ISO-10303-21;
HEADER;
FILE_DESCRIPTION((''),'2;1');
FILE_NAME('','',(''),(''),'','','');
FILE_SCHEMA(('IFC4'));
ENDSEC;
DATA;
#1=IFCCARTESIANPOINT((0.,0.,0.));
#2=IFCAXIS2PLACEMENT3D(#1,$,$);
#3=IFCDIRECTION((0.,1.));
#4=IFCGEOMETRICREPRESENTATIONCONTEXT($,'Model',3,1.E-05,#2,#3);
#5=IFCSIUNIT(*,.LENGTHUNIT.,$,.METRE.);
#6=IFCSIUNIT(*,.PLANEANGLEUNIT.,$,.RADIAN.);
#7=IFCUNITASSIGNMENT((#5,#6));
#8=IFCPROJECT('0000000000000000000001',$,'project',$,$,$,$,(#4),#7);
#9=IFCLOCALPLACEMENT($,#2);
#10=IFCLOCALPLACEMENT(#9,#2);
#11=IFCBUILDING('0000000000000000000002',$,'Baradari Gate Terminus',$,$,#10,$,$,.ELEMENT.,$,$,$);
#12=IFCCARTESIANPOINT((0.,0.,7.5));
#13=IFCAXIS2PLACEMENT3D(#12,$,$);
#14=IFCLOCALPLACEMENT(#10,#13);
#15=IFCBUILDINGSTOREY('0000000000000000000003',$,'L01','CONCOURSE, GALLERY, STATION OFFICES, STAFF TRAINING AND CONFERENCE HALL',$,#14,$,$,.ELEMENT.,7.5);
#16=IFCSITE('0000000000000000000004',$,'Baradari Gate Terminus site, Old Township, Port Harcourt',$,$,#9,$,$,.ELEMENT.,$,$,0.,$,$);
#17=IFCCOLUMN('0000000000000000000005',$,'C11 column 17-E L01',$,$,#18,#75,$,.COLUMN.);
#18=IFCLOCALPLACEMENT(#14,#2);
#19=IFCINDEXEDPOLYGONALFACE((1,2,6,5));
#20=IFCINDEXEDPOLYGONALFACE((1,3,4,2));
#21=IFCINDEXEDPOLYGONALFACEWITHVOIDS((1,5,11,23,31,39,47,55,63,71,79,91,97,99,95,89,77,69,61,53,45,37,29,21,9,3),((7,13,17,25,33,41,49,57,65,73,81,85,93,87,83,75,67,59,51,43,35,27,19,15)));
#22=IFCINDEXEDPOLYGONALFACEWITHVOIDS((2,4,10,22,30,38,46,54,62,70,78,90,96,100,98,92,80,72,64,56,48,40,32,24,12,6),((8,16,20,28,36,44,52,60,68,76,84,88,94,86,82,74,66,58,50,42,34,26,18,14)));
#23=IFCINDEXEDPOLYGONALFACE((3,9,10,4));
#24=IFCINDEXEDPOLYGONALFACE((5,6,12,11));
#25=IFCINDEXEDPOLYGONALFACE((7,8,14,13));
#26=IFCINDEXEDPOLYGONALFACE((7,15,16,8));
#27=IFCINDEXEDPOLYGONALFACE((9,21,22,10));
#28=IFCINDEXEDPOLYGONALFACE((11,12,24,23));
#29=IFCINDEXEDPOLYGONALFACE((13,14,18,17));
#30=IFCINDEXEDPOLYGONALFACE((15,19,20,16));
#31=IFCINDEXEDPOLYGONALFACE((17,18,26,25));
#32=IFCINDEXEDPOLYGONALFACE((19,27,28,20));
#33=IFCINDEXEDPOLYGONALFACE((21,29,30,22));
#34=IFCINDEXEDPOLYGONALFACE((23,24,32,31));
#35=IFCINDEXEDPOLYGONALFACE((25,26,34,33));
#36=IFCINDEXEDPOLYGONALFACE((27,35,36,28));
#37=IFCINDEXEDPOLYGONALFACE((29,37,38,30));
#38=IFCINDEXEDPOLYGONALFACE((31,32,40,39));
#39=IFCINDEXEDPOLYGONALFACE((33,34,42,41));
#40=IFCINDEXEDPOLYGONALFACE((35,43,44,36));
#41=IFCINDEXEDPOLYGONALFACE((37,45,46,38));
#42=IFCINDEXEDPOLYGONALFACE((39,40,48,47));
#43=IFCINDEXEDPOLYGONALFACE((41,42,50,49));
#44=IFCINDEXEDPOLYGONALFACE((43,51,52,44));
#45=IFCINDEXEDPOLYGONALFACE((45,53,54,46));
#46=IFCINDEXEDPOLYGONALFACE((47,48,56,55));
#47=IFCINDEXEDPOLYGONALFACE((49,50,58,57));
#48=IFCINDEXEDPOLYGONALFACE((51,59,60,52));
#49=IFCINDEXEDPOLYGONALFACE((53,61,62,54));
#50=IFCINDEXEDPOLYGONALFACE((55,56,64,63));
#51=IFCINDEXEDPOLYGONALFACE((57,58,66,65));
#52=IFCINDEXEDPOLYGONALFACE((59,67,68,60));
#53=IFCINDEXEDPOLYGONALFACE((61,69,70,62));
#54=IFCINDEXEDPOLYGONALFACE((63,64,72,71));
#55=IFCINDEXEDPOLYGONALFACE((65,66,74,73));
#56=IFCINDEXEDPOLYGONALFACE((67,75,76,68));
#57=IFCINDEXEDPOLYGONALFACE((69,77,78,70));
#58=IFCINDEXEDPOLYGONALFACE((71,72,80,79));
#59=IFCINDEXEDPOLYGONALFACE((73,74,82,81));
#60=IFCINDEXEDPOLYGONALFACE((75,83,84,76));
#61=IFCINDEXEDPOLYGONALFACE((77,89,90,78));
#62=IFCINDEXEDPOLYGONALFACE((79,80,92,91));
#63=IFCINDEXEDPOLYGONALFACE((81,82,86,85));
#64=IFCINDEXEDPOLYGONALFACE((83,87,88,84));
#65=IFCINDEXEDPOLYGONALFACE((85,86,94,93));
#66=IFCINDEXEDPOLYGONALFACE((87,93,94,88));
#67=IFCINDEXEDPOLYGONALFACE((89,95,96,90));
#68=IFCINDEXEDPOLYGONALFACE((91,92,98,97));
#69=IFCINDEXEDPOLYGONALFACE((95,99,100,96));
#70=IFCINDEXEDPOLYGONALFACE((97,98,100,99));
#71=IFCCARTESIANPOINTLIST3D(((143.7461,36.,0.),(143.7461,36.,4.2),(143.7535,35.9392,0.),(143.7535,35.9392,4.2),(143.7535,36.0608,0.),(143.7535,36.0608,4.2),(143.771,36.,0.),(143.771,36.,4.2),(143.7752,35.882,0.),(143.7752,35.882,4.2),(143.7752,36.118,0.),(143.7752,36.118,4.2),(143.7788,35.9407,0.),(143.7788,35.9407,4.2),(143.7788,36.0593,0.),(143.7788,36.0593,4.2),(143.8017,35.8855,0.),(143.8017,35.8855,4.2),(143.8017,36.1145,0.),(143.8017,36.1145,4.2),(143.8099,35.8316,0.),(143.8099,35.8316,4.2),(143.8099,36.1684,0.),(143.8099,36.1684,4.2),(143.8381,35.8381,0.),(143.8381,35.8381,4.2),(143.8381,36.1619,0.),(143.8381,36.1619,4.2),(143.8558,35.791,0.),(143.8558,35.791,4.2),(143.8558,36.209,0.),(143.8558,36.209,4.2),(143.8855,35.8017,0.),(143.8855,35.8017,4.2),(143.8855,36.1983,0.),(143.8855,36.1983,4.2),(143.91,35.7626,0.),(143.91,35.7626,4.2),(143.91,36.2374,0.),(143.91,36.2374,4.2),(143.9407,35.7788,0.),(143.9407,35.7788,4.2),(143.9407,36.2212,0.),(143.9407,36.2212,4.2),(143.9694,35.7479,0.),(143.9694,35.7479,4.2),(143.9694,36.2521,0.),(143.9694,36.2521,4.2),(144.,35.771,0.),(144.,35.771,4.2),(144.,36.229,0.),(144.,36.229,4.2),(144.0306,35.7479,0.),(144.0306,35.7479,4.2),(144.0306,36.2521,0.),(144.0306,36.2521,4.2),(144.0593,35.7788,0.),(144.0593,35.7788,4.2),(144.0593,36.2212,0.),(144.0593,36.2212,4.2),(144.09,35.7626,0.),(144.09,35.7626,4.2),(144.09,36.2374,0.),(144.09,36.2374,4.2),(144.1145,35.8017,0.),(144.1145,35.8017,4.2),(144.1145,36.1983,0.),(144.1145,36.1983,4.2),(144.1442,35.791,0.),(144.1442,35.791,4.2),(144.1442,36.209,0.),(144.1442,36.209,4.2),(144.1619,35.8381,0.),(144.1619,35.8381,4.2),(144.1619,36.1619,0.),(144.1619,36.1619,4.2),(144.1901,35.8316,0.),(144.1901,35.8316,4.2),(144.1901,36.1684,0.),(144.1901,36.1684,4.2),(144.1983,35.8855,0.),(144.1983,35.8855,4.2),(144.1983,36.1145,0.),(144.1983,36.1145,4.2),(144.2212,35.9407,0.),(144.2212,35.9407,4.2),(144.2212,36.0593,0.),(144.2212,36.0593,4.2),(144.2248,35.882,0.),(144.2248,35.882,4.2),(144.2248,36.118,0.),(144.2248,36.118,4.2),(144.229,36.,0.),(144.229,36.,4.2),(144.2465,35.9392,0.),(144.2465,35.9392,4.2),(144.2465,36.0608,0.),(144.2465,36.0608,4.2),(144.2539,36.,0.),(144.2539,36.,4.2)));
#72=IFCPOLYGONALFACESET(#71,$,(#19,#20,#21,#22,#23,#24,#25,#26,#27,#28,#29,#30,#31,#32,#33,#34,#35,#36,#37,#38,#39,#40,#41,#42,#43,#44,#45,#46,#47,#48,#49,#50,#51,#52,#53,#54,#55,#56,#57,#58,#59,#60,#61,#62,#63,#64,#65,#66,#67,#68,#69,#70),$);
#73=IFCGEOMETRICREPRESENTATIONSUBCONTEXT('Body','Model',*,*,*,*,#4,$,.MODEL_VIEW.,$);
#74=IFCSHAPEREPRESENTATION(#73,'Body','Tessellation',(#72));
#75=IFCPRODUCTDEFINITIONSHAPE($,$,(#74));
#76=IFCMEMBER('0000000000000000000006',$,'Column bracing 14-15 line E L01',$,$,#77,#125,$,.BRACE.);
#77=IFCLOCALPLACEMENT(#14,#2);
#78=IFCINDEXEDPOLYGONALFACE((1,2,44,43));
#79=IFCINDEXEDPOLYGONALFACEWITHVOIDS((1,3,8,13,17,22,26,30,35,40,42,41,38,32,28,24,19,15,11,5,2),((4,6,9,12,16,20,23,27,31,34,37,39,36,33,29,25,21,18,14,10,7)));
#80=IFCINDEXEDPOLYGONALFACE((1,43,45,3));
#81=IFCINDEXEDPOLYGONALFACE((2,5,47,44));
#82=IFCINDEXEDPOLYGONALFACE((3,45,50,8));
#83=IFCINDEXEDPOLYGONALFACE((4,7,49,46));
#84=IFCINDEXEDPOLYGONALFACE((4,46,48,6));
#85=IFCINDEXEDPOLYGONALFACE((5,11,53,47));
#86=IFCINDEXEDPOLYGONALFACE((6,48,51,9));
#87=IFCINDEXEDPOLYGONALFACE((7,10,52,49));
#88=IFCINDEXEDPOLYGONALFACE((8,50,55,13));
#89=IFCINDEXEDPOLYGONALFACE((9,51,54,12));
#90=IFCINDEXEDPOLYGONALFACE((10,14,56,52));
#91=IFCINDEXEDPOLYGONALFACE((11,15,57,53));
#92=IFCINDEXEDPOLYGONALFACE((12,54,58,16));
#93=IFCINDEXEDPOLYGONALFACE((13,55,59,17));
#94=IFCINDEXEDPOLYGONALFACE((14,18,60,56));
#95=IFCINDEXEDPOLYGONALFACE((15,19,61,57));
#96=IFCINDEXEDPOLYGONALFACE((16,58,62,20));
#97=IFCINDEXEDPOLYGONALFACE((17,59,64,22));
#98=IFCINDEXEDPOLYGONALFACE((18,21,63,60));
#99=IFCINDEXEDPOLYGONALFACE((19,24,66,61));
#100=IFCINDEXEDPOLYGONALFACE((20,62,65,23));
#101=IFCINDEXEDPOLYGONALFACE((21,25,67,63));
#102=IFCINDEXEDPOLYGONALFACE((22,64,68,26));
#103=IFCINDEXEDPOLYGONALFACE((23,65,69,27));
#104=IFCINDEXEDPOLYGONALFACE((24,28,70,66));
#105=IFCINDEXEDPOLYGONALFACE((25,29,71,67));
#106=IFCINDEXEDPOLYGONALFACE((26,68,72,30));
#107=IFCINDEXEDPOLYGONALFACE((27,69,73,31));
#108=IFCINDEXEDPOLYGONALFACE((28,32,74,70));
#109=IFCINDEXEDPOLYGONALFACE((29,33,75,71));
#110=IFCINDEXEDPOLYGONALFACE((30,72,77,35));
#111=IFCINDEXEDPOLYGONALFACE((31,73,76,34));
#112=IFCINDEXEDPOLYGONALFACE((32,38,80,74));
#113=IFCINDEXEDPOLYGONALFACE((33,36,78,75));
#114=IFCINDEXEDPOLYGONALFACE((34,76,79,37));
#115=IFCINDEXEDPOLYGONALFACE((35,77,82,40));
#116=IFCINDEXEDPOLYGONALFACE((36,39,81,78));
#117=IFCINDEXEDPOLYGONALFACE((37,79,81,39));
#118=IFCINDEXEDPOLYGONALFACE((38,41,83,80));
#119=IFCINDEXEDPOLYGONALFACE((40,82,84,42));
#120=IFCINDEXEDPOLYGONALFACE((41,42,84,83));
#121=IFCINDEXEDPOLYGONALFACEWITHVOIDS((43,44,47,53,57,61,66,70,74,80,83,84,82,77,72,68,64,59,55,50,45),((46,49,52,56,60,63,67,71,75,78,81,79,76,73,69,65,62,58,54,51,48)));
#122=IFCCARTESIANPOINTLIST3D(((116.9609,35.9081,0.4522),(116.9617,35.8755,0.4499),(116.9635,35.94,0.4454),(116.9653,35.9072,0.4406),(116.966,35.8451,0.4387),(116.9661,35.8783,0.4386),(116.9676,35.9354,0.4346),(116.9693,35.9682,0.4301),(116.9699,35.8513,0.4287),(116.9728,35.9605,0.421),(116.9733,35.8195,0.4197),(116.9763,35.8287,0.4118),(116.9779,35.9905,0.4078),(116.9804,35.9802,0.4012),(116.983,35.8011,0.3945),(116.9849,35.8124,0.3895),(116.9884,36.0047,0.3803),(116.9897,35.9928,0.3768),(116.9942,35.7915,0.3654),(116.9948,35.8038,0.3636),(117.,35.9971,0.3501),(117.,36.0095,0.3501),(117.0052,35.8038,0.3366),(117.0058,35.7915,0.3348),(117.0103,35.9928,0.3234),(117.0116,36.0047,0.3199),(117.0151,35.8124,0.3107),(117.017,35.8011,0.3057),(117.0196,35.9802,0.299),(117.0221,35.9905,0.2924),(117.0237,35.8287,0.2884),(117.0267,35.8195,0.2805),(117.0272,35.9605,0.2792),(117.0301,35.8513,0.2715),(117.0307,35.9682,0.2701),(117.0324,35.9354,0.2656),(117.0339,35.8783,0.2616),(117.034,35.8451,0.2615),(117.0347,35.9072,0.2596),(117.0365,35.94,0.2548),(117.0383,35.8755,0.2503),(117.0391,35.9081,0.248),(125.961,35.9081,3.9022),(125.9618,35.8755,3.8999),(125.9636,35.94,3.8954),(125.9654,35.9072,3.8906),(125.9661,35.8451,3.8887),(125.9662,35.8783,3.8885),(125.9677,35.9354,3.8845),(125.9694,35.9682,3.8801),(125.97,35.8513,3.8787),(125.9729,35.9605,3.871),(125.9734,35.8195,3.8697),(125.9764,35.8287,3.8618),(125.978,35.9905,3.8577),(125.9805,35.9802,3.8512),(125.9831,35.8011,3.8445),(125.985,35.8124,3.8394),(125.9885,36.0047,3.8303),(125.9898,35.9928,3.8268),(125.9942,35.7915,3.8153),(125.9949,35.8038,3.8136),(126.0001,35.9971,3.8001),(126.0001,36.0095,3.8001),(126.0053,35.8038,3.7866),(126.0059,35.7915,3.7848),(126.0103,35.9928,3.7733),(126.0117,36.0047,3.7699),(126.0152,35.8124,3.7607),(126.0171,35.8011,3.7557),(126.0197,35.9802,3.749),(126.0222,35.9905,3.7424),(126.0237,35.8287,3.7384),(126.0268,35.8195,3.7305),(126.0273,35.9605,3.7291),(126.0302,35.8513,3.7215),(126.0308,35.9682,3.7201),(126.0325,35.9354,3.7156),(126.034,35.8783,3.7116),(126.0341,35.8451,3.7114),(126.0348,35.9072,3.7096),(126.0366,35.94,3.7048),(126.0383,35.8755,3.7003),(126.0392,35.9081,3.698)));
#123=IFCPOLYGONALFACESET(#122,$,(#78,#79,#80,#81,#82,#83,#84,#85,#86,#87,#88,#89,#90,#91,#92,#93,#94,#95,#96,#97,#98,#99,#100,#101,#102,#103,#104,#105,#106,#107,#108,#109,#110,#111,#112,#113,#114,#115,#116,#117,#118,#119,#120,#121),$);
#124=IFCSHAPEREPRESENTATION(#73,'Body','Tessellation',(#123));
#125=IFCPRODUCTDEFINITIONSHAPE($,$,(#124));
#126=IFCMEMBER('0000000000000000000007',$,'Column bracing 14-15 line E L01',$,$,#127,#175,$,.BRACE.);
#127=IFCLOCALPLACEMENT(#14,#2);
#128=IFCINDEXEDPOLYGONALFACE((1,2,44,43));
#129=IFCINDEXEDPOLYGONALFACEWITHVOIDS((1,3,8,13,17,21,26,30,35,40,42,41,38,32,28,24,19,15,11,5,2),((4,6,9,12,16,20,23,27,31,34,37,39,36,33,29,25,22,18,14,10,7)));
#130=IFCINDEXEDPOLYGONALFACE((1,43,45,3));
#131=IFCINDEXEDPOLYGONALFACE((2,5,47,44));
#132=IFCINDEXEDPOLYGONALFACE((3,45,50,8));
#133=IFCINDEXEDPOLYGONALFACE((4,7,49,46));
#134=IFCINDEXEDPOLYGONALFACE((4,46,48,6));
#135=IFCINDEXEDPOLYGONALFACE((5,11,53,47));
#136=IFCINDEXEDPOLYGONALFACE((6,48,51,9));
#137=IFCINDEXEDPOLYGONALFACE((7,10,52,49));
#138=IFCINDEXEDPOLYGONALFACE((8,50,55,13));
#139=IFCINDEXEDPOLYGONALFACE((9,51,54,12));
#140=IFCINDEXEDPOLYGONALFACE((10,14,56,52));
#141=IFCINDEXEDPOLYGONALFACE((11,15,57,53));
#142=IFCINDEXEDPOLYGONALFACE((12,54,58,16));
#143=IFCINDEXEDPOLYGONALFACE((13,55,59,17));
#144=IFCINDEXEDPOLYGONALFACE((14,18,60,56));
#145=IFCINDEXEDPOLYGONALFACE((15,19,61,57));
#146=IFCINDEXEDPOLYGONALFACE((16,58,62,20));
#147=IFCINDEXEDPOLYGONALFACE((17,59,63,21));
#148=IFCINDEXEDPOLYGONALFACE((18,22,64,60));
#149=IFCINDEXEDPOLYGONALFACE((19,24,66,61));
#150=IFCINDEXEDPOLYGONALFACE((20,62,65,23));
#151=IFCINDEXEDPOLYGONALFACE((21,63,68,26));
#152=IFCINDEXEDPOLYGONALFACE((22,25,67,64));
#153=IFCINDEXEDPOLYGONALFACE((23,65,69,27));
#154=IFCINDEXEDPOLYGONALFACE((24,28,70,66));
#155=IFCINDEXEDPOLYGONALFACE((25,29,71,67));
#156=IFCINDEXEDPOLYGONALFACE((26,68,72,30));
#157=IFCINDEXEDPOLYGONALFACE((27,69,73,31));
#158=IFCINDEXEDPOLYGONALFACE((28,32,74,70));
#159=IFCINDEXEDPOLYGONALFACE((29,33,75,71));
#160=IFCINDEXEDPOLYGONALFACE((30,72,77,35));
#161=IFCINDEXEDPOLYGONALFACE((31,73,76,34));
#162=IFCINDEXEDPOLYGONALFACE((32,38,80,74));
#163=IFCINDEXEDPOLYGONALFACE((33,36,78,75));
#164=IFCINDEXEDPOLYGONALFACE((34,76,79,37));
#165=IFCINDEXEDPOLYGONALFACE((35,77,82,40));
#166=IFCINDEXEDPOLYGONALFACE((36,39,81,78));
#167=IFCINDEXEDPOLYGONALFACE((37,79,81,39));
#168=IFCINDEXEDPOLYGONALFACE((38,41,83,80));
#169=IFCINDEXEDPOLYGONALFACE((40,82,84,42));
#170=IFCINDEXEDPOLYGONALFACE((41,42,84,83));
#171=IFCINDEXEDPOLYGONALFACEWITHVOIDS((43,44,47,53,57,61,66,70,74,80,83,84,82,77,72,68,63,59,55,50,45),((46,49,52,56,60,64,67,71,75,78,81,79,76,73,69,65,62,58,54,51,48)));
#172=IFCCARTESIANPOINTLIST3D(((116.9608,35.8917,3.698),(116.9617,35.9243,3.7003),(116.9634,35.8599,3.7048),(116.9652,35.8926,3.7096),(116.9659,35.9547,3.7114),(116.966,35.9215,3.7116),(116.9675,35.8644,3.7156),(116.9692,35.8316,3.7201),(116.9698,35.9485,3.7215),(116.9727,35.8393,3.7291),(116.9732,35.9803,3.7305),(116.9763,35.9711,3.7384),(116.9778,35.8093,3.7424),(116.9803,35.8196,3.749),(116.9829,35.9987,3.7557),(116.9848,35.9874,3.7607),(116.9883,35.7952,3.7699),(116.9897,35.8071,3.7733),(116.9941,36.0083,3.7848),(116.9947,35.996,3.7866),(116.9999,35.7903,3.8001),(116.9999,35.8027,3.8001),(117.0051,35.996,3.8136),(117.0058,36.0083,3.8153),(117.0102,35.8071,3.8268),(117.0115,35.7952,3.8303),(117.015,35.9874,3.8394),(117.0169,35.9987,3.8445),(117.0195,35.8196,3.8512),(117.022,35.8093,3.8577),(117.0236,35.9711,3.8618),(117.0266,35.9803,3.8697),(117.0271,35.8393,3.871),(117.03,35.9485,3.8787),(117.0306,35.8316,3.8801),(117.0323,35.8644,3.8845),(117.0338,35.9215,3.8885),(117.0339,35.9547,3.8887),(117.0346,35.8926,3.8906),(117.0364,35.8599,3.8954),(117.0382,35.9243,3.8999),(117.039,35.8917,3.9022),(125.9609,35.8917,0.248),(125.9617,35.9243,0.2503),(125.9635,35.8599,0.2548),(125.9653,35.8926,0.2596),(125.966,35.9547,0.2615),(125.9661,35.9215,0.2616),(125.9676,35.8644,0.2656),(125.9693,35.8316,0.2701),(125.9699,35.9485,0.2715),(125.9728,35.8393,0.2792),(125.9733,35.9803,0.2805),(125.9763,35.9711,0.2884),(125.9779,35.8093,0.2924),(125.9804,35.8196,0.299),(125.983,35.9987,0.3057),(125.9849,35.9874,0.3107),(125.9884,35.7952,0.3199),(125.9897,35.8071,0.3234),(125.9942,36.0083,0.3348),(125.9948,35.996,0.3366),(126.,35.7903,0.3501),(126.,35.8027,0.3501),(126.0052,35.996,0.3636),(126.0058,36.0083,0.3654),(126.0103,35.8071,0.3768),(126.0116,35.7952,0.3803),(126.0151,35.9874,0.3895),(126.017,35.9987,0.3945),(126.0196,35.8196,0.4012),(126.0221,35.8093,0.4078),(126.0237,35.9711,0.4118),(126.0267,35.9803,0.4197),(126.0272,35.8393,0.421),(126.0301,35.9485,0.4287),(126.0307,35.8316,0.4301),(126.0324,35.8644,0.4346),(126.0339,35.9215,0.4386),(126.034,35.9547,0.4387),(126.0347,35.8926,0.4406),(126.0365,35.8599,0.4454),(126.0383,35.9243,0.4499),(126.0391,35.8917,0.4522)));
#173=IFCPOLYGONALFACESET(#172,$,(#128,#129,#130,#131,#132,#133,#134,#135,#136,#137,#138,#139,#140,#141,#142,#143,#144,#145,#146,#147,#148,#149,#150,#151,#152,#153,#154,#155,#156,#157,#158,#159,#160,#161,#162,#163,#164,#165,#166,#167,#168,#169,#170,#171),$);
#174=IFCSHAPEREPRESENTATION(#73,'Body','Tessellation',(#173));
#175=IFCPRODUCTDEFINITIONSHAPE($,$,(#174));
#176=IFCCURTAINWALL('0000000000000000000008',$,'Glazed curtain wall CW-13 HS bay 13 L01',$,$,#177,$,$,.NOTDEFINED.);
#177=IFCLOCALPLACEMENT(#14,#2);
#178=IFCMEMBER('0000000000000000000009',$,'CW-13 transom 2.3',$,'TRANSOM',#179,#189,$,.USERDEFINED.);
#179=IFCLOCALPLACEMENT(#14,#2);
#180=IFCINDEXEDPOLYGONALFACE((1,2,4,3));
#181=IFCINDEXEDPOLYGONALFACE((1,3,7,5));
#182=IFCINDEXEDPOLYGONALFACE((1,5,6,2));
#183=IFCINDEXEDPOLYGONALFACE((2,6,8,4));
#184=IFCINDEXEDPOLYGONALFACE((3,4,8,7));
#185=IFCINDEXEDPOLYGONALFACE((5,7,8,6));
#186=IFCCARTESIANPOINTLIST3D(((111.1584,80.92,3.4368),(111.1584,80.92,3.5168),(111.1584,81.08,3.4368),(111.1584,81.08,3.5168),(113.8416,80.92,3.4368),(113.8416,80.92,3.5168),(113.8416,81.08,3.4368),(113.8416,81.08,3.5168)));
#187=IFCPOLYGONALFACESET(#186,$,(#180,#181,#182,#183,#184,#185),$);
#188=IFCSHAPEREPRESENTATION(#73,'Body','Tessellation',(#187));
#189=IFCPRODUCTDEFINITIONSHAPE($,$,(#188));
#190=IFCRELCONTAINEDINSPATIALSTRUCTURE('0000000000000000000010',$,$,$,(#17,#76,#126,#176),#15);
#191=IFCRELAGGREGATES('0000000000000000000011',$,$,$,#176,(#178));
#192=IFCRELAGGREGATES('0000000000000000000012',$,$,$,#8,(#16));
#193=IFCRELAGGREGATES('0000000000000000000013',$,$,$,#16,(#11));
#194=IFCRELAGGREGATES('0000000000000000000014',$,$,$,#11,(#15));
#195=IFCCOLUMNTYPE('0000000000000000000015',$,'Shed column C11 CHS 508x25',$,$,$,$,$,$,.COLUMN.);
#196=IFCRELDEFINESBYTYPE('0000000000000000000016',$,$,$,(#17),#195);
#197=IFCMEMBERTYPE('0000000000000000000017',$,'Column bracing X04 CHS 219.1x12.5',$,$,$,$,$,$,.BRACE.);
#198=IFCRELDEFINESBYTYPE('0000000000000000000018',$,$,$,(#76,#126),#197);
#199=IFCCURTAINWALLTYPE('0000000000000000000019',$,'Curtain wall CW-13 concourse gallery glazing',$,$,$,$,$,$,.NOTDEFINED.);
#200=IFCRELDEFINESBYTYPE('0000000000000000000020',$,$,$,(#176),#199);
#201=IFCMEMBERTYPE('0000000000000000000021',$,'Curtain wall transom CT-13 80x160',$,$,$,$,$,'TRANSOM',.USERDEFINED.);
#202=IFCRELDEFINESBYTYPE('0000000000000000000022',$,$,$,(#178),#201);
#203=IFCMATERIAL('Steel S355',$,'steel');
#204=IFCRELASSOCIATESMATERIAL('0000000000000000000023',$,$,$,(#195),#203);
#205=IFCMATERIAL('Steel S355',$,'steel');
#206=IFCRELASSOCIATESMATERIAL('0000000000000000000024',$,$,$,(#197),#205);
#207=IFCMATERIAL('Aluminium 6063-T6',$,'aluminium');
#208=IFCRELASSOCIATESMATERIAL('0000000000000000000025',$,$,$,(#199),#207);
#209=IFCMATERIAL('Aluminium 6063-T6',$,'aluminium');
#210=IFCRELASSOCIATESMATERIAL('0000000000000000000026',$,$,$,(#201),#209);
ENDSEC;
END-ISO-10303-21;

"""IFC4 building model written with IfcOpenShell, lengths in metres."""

from ifc_helpers import new_model, si_unit, direction, frame, origin, origin_2d, place, context, subcontext, project, spatial, rectangle, hollow_circle, extrude, material, material_profile, profile_set, type_object, element, aggregate, save


model = new_model("IFC4")

# Units and contexts
model_context = context("Model", 3, precision=1e-05, world=origin(), true_north=direction((0.0, 1.0)))
body_context = subcontext(model_context, "Body", "Model", "MODEL_VIEW")
ifc_project = project(units=[si_unit("LENGTHUNIT", "METRE"), si_unit("PLANEANGLEUNIT", "RADIAN")], contexts=[model_context])

# Site, building, storey
site_placement = place(None, origin())
site = spatial("IfcSite", under=ifc_project, at=site_placement, Name="Baradari Gate Terminus site, Old Township, Port Harcourt", CompositionType="ELEMENT", RefElevation=0.0)
building_placement = place(site_placement, origin())
building = spatial("IfcBuilding", under=site, at=building_placement, Name="Baradari Gate Terminus", CompositionType="ELEMENT")
storey_placement = place(building_placement, frame((0.0, 0.0, 7.5)))
storey = spatial("IfcBuildingStorey", under=building, at=storey_placement, Name="L01", Description="CONCOURSE, GALLERY, STATION OFFICES, STAFF TRAINING AND CONFERENCE HALL", CompositionType="ELEMENT", Elevation=7.5)

# Column
ifc_material_1 = material(Name="Steel S355", Category="steel")
ifc_material_profile_1 = material_profile(ifc_material_1, hollow_circle(Radius=0.2539, WallThickness=0.0249, at=origin_2d()), Name="CHS 508x25")
ifc_profile_set_1 = profile_set([ifc_material_profile_1], Name="Steel S355")
column_type_1 = type_object("IfcColumnType", Name="Shed column C11 CHS 508x25", PredefinedType="COLUMN", material=ifc_profile_set_1)
for number, where, z_axis, x_axis, name in (
    (1, (144.0, 36.0, 0.0), (0.0, 0.0, 1.0), (1.0, 0.0, 0.0), "C11 column 17-E L01"),
):
    element("IfcColumn", number, at=place(storey_placement, frame(where, z_axis=z_axis, x_axis=x_axis)), inside=storey, type_object=column_type_1, Name=name, PredefinedType="COLUMN", context=body_context, shape_type="SweptSolid", body=[
        extrude(hollow_circle(Radius=0.2539, WallThickness=0.0249, at=origin_2d()), origin(), (0.0, 0.0, 1.0), 4.2),
    ])

# Members
ifc_material_2 = material(Name="Steel S355", Category="steel")
ifc_material_profile_2 = material_profile(ifc_material_2, hollow_circle(Radius=0.1096, WallThickness=0.0125, at=origin_2d()), Name="CHS 219.1x12.5")
ifc_profile_set_2 = profile_set([ifc_material_profile_2], Name="Steel S355")
member_type_1 = type_object("IfcMemberType", Name="Column bracing X04 CHS 219.1x12.5", PredefinedType="BRACE", material=ifc_profile_set_2)
for number, where, z_axis, x_axis, name in (
    (2, (117.0, 35.8999, 0.3501), (0.933748, 0.0, 0.357932), (0.0, 1.0, 0.0), "Column bracing 14-15 line E L01"),
    (3, (126.0, 35.8999, 0.3501), (-0.933748, 0.0, 0.357932), (0.0, -1.0, 0.0), "Column bracing 14-15 line E L01"),
):
    element("IfcMember", number, at=place(storey_placement, frame(where, z_axis=z_axis, x_axis=x_axis)), inside=storey, type_object=member_type_1, Name=name, PredefinedType="BRACE", context=body_context, shape_type="SweptSolid", body=[
        extrude(hollow_circle(Radius=0.1096, WallThickness=0.0125, at=origin_2d()), origin(), (0.0, 0.0, 1.0), 9.6387),
    ])

# Curtain wall, member
ifc_material_3 = material(Name="Aluminium 6063-T6", Category="aluminium")
curtain_wall_type = type_object("IfcCurtainWallType", Name="Curtain wall CW-13 concourse gallery glazing", PredefinedType="NOTDEFINED", material=ifc_material_3)
curtain_wall_placement = place(storey_placement, origin())
curtain_wall = element("IfcCurtainWall", 4, at=curtain_wall_placement, inside=storey, type_object=curtain_wall_type, Name="Glazed curtain wall CW-13 HS bay 13 L01", PredefinedType="NOTDEFINED")
ifc_material_4 = material(Name="Aluminium 6063-T6", Category="aluminium")
ifc_material_profile_3 = material_profile(ifc_material_4, rectangle(XDim=0.1599, YDim=0.0801, at=origin_2d()), Name="CT-13 80X160")
ifc_profile_set_3 = profile_set([ifc_material_profile_3], Name="Aluminium 6063-T6")
member_type_2 = type_object("IfcMemberType", Name="Curtain wall transom CT-13 80x160", ElementType="TRANSOM", PredefinedType="USERDEFINED", material=ifc_profile_set_3)
member_placement = place(storey_placement, frame((111.1584, 81.0, 3.4768), z_axis=(1.0, 0.0, 0.0), x_axis=(0.0, 1.0, 0.0)))
member = element("IfcMember", 5, at=member_placement, type_object=member_type_2, Name="CW-13 transom 2.3", ObjectType="TRANSOM", PredefinedType="USERDEFINED", context=body_context, shape_type="SweptSolid", body=[
    extrude(rectangle(XDim=0.1599, YDim=0.0801, at=origin_2d()), origin(), (0.0, 0.0, 1.0), 2.6831),
])

aggregate(curtain_wall, [member])

save(model, "model.ifc")
